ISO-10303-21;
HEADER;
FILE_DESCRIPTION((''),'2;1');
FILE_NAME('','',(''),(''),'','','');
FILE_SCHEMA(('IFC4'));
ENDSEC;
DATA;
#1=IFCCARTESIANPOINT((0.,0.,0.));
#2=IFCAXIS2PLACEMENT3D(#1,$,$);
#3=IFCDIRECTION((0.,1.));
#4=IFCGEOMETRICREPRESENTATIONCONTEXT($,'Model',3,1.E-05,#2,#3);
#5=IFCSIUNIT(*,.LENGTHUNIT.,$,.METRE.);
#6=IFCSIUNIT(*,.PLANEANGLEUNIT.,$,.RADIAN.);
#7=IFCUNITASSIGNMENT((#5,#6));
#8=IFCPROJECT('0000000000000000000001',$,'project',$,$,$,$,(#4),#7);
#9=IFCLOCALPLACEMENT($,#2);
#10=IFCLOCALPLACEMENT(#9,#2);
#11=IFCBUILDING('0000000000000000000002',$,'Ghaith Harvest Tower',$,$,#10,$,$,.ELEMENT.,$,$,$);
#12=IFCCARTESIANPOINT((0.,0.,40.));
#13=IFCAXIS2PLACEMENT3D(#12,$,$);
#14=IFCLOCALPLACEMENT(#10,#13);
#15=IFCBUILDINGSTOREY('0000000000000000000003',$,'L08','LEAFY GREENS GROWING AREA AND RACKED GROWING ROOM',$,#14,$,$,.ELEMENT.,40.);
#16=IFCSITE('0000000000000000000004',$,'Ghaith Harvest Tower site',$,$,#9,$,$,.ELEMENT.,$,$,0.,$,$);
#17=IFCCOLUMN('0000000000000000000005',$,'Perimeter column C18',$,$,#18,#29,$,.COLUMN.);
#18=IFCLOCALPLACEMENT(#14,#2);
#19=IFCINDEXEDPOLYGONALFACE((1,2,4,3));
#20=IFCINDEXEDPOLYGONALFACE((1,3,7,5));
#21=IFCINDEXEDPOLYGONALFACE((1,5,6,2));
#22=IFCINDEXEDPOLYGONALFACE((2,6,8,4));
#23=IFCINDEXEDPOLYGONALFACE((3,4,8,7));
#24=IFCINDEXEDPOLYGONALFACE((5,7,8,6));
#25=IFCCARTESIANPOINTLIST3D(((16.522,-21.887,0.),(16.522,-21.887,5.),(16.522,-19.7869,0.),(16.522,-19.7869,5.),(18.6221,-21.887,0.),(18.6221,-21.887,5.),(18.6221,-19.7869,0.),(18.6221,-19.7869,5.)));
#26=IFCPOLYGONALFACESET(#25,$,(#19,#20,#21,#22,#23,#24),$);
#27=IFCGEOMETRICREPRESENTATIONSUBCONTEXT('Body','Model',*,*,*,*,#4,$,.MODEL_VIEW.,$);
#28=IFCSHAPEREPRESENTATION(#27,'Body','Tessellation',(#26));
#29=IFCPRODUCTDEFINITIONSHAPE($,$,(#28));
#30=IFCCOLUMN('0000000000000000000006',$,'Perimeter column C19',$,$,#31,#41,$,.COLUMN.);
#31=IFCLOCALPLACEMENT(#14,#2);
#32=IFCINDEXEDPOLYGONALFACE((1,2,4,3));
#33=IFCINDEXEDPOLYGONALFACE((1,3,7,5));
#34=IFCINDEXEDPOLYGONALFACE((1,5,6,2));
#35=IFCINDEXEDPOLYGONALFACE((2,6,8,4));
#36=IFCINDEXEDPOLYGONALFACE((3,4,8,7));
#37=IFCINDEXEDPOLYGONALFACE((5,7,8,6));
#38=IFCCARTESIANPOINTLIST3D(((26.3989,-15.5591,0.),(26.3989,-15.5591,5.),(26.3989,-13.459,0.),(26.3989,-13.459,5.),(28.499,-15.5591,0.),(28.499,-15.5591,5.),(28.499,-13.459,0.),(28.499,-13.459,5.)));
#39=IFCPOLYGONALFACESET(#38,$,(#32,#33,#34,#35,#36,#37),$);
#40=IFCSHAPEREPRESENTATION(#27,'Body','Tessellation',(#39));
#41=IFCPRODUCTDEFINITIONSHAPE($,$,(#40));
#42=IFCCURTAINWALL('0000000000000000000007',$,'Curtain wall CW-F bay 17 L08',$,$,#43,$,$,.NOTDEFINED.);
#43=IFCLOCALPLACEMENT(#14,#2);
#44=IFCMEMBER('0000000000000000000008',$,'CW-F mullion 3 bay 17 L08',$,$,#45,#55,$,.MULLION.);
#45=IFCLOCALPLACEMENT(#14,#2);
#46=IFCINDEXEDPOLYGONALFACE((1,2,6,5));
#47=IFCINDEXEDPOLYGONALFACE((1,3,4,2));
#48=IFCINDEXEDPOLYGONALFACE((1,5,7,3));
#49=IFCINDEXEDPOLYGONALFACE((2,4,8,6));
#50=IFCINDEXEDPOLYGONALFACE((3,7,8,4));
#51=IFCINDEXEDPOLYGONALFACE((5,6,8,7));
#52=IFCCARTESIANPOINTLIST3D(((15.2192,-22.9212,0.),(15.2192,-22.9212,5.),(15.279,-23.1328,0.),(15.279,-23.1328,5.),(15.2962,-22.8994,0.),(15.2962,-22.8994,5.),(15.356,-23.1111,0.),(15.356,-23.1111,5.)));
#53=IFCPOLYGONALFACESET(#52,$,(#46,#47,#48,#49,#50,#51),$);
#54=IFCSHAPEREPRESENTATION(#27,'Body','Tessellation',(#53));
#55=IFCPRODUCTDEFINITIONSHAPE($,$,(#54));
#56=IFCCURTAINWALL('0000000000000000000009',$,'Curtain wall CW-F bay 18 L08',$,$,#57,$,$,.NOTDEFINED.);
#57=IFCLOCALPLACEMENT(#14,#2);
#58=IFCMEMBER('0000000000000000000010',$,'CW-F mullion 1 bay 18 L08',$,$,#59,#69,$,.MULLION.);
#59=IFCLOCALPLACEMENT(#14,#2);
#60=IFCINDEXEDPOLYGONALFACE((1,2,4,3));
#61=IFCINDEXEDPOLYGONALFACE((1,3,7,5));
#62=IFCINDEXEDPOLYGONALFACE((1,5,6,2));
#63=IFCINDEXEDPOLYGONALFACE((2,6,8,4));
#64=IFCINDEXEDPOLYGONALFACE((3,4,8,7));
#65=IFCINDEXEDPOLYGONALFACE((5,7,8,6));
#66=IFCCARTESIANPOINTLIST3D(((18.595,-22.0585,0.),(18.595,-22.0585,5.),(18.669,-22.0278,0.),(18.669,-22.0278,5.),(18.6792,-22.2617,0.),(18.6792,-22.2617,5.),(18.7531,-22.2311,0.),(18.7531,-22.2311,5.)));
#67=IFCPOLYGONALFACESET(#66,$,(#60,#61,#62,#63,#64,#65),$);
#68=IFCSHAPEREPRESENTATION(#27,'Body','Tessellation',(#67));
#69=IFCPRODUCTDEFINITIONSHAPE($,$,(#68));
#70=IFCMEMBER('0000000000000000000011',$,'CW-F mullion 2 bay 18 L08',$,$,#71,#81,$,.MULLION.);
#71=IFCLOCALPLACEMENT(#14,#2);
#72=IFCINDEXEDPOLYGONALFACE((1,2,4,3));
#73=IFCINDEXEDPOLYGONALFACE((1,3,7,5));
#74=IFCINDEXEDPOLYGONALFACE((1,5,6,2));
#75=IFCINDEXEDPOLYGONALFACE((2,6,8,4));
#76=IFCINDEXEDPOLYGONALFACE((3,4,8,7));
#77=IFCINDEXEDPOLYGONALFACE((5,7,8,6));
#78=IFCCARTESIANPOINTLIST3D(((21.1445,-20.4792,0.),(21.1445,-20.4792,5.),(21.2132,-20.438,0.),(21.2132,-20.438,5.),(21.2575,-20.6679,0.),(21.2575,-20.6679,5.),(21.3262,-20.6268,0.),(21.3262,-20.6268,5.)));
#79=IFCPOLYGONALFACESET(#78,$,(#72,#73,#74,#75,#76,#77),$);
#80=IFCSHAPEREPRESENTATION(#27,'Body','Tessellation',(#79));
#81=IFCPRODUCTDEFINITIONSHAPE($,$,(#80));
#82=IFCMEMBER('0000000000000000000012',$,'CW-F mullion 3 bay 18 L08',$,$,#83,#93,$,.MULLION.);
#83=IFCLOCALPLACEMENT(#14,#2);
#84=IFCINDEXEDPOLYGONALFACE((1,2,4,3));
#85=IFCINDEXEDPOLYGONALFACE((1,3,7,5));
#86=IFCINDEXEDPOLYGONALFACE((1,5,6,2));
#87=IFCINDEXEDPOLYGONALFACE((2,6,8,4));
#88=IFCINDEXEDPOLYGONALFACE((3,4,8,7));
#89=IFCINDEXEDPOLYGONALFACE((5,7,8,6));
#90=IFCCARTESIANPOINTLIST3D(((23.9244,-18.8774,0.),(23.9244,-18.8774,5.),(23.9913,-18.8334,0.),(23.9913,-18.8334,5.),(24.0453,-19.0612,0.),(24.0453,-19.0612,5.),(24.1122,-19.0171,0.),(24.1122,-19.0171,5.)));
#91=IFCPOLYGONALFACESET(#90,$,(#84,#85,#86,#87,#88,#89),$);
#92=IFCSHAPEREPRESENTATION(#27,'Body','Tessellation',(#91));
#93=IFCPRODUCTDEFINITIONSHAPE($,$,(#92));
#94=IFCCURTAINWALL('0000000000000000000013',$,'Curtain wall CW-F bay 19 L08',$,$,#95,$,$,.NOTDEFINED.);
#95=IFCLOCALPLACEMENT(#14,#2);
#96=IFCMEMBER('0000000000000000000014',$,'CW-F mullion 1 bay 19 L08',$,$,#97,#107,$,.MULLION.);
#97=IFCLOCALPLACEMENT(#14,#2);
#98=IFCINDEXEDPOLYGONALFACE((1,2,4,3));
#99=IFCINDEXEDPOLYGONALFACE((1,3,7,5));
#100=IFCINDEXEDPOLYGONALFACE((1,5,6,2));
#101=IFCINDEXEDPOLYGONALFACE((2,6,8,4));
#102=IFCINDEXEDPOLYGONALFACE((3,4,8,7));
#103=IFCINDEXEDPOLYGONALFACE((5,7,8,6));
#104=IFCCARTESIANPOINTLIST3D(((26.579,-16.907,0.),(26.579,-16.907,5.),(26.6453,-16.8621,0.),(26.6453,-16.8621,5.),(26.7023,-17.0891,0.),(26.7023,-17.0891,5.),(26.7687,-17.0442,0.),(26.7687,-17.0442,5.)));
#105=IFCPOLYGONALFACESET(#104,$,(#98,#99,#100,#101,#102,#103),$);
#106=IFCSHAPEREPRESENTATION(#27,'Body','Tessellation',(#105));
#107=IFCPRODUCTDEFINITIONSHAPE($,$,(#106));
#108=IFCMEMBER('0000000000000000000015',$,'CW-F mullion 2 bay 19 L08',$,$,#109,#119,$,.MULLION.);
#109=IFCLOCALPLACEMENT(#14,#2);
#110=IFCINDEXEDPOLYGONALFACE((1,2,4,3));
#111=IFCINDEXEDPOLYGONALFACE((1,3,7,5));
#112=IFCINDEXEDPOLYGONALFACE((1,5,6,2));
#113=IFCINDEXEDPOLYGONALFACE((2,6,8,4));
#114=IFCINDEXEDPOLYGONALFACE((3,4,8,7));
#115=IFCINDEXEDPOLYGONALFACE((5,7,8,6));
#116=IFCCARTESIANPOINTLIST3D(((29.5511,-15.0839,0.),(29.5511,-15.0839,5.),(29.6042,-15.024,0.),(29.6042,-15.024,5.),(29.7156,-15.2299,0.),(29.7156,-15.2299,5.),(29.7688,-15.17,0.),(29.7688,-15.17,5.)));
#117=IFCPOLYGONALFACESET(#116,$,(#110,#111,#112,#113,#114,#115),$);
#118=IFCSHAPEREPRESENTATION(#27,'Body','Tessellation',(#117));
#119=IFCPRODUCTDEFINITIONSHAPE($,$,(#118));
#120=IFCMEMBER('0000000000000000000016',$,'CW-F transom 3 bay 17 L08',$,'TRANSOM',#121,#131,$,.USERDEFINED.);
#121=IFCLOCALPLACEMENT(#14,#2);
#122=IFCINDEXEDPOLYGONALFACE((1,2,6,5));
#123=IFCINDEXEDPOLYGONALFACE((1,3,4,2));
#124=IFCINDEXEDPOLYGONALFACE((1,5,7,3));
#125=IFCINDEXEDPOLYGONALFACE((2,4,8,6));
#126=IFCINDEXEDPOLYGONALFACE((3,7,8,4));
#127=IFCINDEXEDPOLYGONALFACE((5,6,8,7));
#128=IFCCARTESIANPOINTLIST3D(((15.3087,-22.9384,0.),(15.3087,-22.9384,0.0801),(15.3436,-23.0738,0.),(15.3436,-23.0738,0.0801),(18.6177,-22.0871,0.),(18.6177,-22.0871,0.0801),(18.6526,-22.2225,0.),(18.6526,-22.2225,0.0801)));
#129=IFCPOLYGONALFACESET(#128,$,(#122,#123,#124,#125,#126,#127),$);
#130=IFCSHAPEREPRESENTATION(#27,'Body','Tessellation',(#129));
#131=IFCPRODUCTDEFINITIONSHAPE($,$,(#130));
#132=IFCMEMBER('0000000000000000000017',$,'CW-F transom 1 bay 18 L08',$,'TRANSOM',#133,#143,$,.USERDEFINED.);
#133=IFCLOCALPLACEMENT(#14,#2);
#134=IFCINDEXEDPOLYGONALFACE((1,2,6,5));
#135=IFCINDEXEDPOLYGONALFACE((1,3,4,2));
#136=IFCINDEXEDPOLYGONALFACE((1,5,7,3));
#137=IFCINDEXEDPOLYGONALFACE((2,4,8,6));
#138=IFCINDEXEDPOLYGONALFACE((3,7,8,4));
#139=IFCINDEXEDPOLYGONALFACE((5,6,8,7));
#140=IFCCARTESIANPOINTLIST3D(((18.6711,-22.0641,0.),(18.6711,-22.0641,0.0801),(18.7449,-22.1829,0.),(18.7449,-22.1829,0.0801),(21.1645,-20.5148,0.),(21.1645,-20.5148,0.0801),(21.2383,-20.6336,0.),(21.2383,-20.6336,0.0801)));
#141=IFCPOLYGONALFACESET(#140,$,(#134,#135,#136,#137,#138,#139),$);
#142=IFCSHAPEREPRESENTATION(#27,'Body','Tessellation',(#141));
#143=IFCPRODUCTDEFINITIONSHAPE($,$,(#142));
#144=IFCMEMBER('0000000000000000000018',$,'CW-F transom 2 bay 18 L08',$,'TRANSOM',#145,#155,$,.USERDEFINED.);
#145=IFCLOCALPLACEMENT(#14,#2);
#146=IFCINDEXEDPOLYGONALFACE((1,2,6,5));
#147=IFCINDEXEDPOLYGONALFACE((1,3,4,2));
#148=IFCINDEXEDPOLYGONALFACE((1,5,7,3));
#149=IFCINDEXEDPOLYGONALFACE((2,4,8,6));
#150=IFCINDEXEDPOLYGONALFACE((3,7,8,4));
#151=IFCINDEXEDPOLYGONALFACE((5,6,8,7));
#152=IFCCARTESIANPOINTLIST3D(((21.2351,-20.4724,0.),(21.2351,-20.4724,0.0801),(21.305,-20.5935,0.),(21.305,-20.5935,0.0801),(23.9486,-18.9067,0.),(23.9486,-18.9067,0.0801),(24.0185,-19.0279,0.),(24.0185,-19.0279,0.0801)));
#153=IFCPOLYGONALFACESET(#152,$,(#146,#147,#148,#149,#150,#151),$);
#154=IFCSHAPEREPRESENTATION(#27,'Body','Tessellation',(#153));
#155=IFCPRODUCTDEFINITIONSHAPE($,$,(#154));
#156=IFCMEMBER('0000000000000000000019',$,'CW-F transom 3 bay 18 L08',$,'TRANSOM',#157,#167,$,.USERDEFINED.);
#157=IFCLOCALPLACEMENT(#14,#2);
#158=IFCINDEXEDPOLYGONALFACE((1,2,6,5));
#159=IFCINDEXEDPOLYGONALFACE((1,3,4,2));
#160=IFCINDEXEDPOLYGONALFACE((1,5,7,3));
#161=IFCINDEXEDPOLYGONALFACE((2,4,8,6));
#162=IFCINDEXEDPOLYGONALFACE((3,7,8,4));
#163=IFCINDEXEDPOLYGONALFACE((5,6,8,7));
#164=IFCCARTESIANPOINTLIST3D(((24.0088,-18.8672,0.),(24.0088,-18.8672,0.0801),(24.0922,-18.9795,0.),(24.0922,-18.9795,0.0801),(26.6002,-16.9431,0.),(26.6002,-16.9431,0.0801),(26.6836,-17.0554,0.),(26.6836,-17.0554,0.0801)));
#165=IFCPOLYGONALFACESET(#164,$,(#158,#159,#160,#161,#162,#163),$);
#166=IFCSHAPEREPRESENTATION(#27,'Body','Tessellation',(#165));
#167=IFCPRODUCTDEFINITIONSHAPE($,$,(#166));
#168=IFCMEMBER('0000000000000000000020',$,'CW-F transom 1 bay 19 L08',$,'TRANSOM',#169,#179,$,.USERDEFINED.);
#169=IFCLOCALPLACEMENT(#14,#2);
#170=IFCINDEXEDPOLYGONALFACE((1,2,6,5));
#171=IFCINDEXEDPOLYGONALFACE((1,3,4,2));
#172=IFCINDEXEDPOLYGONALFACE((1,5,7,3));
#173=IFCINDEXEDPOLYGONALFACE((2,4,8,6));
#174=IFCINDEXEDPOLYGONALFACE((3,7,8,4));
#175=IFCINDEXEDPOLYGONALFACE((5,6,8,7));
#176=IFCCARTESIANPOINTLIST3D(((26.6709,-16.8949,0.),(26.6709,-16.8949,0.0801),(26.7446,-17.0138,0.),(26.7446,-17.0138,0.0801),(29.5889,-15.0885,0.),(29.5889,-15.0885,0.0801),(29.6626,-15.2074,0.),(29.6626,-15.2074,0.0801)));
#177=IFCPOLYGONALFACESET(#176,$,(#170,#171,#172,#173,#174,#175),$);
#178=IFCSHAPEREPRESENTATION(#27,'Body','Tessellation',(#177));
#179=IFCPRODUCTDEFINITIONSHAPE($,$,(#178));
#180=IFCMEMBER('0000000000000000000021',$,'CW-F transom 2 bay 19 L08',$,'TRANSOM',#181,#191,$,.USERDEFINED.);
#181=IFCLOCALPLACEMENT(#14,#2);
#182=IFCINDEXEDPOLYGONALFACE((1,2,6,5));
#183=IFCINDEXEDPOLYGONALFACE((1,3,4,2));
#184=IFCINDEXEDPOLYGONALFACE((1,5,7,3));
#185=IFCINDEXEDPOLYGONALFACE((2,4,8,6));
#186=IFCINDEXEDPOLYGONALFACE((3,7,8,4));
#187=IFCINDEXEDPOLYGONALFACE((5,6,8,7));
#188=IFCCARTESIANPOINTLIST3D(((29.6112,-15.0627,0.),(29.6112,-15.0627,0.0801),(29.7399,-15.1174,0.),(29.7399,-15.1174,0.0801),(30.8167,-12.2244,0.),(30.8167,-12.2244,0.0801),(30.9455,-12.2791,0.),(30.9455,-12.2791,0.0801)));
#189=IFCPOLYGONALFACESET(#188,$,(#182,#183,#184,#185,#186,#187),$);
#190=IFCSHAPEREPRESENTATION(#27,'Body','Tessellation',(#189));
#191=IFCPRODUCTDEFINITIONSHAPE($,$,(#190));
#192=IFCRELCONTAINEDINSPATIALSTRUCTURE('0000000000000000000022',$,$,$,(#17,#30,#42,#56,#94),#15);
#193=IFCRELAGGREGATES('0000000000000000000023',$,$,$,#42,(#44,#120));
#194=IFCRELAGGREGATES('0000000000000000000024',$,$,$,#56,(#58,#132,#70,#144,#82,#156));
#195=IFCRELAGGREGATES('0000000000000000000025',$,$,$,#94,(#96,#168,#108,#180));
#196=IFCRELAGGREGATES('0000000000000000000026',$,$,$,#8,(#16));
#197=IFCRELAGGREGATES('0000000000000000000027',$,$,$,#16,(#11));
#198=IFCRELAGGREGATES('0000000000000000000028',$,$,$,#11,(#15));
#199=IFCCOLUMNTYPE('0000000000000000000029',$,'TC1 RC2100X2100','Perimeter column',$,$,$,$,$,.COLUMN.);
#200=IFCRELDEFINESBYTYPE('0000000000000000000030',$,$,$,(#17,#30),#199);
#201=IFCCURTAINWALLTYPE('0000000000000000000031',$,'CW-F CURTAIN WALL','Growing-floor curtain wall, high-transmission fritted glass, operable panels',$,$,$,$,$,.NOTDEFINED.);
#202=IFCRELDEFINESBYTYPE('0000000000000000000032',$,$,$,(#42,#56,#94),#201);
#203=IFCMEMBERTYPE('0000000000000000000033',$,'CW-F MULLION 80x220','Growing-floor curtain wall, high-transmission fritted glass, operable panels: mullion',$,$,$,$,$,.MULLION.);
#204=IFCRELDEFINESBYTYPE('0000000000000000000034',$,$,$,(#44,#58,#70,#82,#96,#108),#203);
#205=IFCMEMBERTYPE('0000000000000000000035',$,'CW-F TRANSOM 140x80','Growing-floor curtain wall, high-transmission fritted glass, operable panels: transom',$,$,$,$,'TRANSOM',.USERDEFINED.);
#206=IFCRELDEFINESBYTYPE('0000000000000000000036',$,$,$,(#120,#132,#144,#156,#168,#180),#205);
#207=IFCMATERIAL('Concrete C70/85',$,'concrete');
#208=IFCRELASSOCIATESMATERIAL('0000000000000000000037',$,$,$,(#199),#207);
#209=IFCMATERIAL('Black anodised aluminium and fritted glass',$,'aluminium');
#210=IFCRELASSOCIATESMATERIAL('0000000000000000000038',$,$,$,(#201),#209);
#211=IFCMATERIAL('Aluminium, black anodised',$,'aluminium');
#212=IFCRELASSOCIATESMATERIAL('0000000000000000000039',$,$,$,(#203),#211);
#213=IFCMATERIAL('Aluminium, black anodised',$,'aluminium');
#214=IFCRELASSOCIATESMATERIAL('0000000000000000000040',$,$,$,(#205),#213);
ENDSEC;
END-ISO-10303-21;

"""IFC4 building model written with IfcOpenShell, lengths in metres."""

from ifc_helpers import new_model, si_unit, direction, frame, origin, origin_2d, place, context, subcontext, project, spatial, rectangle, extrude, material, material_profile, profile_set, type_object, element, aggregate, save


model = new_model("IFC4")

# Units and contexts
model_context = context("Model", 3, precision=1e-05, world=origin(), true_north=direction((0.0, 1.0)))
body_context = subcontext(model_context, "Body", "Model", "MODEL_VIEW")
ifc_project = project(units=[si_unit("LENGTHUNIT", "METRE"), si_unit("PLANEANGLEUNIT", "RADIAN")], contexts=[model_context])

# Site, building, storey
site_placement = place(None, origin())
site = spatial("IfcSite", under=ifc_project, at=site_placement, Name="Ghaith Harvest Tower site", CompositionType="ELEMENT", RefElevation=0.0)
building_placement = place(site_placement, origin())
building = spatial("IfcBuilding", under=site, at=building_placement, Name="Ghaith Harvest Tower", CompositionType="ELEMENT")
storey_placement = place(building_placement, frame((0.0, 0.0, 40.0)))
storey = spatial("IfcBuildingStorey", under=building, at=storey_placement, Name="L08", Description="LEAFY GREENS GROWING AREA AND RACKED GROWING ROOM", CompositionType="ELEMENT", Elevation=40.0)

# Columns
ifc_material_1 = material(Name="Concrete C70/85", Category="concrete")
ifc_material_profile_1 = material_profile(ifc_material_1, rectangle(XDim=2.1001, YDim=2.1001, at=origin_2d()), Name="RC2100X2100")
ifc_profile_set_1 = profile_set([ifc_material_profile_1], Name="Concrete C70/85")
column_type = type_object("IfcColumnType", Name="TC1 RC2100X2100", Description="Perimeter column", PredefinedType="COLUMN", material=ifc_profile_set_1)
for number, where, z_axis, x_axis, name in (
    (1, (17.572, -20.8369, 0.0), (0.0, 0.0, 1.0), (1.0, 0.0, 0.0), "Perimeter column C18"),
    (2, (27.449, -14.509, 0.0), (0.0, 0.0, 1.0), (1.0, 0.0, 0.0), "Perimeter column C19"),
):
    element("IfcColumn", number, at=place(storey_placement, frame(where, z_axis=z_axis, x_axis=x_axis)), inside=storey, type_object=column_type, Name=name, PredefinedType="COLUMN", context=body_context, shape_type="SweptSolid", body=[
        extrude(rectangle(XDim=2.1001, YDim=2.1001, at=origin_2d()), origin(), (0.0, 0.0, 1.0), 5.0),
    ])

# Curtain wall, member
ifc_material_2 = material(Name="Black anodised aluminium and fritted glass", Category="aluminium")
curtain_wall_type = type_object("IfcCurtainWallType", Name="CW-F CURTAIN WALL", Description="Growing-floor curtain wall, high-transmission fritted glass, operable panels", PredefinedType="NOTDEFINED", material=ifc_material_2)
curtain_wall_1_placement = place(storey_placement, origin())
curtain_wall_1 = element("IfcCurtainWall", 3, at=curtain_wall_1_placement, inside=storey, type_object=curtain_wall_type, Name="Curtain wall CW-F bay 17 L08", PredefinedType="NOTDEFINED")
ifc_material_3 = material(Name="Aluminium, black anodised", Category="aluminium")
ifc_material_profile_2 = material_profile(ifc_material_3, rectangle(XDim=0.0801, YDim=0.22, at=origin_2d()), Name="CW-F MULLION 80x220")
ifc_profile_set_2 = profile_set([ifc_material_profile_2], Name="Aluminium, black anodised")
member_type_1 = type_object("IfcMemberType", Name="CW-F MULLION 80x220", Description="Growing-floor curtain wall, high-transmission fritted glass, operable panels: mullion", PredefinedType="MULLION", material=ifc_profile_set_2)
member_1_placement = place(storey_placement, frame((15.2876, -23.0161, 0.0), z_axis=(0.0, 0.0, 1.0), x_axis=(0.962313, 0.271944, 0.0)))
member_1 = element("IfcMember", 4, at=member_1_placement, type_object=member_type_1, Name="CW-F mullion 3 bay 17 L08", PredefinedType="MULLION", context=body_context, shape_type="SweptSolid", body=[
    extrude(rectangle(XDim=0.0801, YDim=0.22, at=origin_2d()), origin(), (0.0, 0.0, 1.0), 5.0),
])

# Curtain walls, members
curtain_wall_2_placement = place(storey_placement, origin())
curtain_wall_2 = element("IfcCurtainWall", 5, at=curtain_wall_2_placement, inside=storey, type_object=curtain_wall_type, Name="Curtain wall CW-F bay 18 L08", PredefinedType="NOTDEFINED")
member_2_placement = place(storey_placement, frame((18.6741, -22.1448, 0.0), z_axis=(0.0, 0.0, 1.0), x_axis=(0.92391, 0.382609, 0.0)))
member_2 = element("IfcMember", 6, at=member_2_placement, type_object=member_type_1, Name="CW-F mullion 1 bay 18 L08", PredefinedType="MULLION", context=body_context, shape_type="SweptSolid", body=[
    extrude(rectangle(XDim=0.0801, YDim=0.22, at=origin_2d()), origin(), (0.0, 0.0, 1.0), 5.0),
])
member_3_placement = place(storey_placement, frame((21.2354, -20.553, 0.0), z_axis=(0.0, 0.0, 1.0), x_axis=(0.85814, 0.513415, 0.0)))
member_3 = element("IfcMember", 7, at=member_3_placement, type_object=member_type_1, Name="CW-F mullion 2 bay 18 L08", PredefinedType="MULLION", context=body_context, shape_type="SweptSolid", body=[
    extrude(rectangle(XDim=0.0801, YDim=0.22, at=origin_2d()), origin(), (0.0, 0.0, 1.0), 5.0),
])
member_4_placement = place(storey_placement, frame((24.0183, -18.9473, 0.0), z_axis=(0.0, 0.0, 1.0), x_axis=(0.835444, 0.549576, 0.0)))
member_4 = element("IfcMember", 8, at=member_4_placement, type_object=member_type_1, Name="CW-F mullion 3 bay 18 L08", PredefinedType="MULLION", context=body_context, shape_type="SweptSolid", body=[
    extrude(rectangle(XDim=0.0801, YDim=0.22, at=origin_2d()), origin(), (0.0, 0.0, 1.0), 5.0),
])
curtain_wall_3_placement = place(storey_placement, origin())
curtain_wall_3 = element("IfcCurtainWall", 9, at=curtain_wall_3_placement, inside=storey, type_object=curtain_wall_type, Name="Curtain wall CW-F bay 19 L08", PredefinedType="NOTDEFINED")
member_5_placement = place(storey_placement, frame((26.6738, -16.9756, 0.0), z_axis=(0.0, 0.0, 1.0), x_axis=(0.828002, 0.560725, 0.0)))
member_5 = element("IfcMember", 10, at=member_5_placement, type_object=member_type_1, Name="CW-F mullion 1 bay 19 L08", PredefinedType="MULLION", context=body_context, shape_type="SweptSolid", body=[
    extrude(rectangle(XDim=0.0801, YDim=0.22, at=origin_2d()), origin(), (0.0, 0.0, 1.0), 5.0),
])
member_6_placement = place(storey_placement, frame((29.6599, -15.127, 0.0), z_axis=(0.0, 0.0, 1.0), x_axis=(0.663605, 0.748083, 0.0)))
member_6 = element("IfcMember", 11, at=member_6_placement, type_object=member_type_1, Name="CW-F mullion 2 bay 19 L08", PredefinedType="MULLION", context=body_context, shape_type="SweptSolid", body=[
    extrude(rectangle(XDim=0.0801, YDim=0.22, at=origin_2d()), origin(), (0.0, 0.0, 1.0), 5.0),
])

# Members
ifc_material_4 = material(Name="Aluminium, black anodised", Category="aluminium")
ifc_material_profile_3 = material_profile(ifc_material_4, rectangle(XDim=0.1399, YDim=0.0801, at=origin_2d()), Name="CW-F TRANSOM 140x80")
ifc_profile_set_3 = profile_set([ifc_material_profile_3], Name="Aluminium, black anodised")
member_type_2 = type_object("IfcMemberType", Name="CW-F TRANSOM 140x80", Description="Growing-floor curtain wall, high-transmission fritted glass, operable panels: transom", ElementType="TRANSOM", PredefinedType="USERDEFINED", material=ifc_profile_set_3)
member_7_placement = place(storey_placement, frame((15.3262, -23.0061, 0.04), z_axis=(0.968464, 0.249154, 0.0), x_axis=(-0.249154, 0.968464, 0.0)))
member_7 = element("IfcMember", 12, at=member_7_placement, type_object=member_type_2, Name="CW-F transom 3 bay 17 L08", ObjectType="TRANSOM", PredefinedType="USERDEFINED", context=body_context, shape_type="SweptSolid", body=[
    extrude(rectangle(XDim=0.1399, YDim=0.0801, at=origin_2d()), origin(), (0.0, 0.0, 1.0), 3.4167),
])
member_8_placement = place(storey_placement, frame((18.708, -22.1235, 0.04), z_axis=(0.849383, 0.527777, 0.0), x_axis=(-0.527777, 0.849383, 0.0)))
member_8 = element("IfcMember", 13, at=member_8_placement, type_object=member_type_2, Name="CW-F transom 1 bay 18 L08", ObjectType="TRANSOM", PredefinedType="USERDEFINED", context=body_context, shape_type="SweptSolid", body=[
    extrude(rectangle(XDim=0.1399, YDim=0.0801, at=origin_2d()), origin(), (0.0, 0.0, 1.0), 2.9355),
])
member_9_placement = place(storey_placement, frame((21.27, -20.533, 0.04), z_axis=(0.866169, 0.499752, 0.0), x_axis=(-0.499752, 0.866169, 0.0)))
member_9 = element("IfcMember", 14, at=member_9_placement, type_object=member_type_2, Name="CW-F transom 2 bay 18 L08", ObjectType="TRANSOM", PredefinedType="USERDEFINED", context=body_context, shape_type="SweptSolid", body=[
    extrude(rectangle(XDim=0.1399, YDim=0.0801, at=origin_2d()), origin(), (0.0, 0.0, 1.0), 3.1328),
])
member_10_placement = place(storey_placement, frame((24.0505, -18.9233, 0.04), z_axis=(0.802877, 0.596144, 0.0), x_axis=(-0.596144, 0.802877, 0.0)))
member_10 = element("IfcMember", 15, at=member_10_placement, type_object=member_type_2, Name="CW-F transom 3 bay 18 L08", ObjectType="TRANSOM", PredefinedType="USERDEFINED", context=body_context, shape_type="SweptSolid", body=[
    extrude(rectangle(XDim=0.1399, YDim=0.0801, at=origin_2d()), origin(), (0.0, 0.0, 1.0), 3.2275),
])
member_11_placement = place(storey_placement, frame((26.7078, -16.9543, 0.04), z_axis=(0.850261, 0.526362, 0.0), x_axis=(-0.526362, 0.850261, 0.0)))
member_11 = element("IfcMember", 16, at=member_11_placement, type_object=member_type_2, Name="CW-F transom 1 bay 19 L08", ObjectType="TRANSOM", PredefinedType="USERDEFINED", context=body_context, shape_type="SweptSolid", body=[
    extrude(rectangle(XDim=0.1399, YDim=0.0801, at=origin_2d()), origin(), (0.0, 0.0, 1.0), 3.4319),
])
member_12_placement = place(storey_placement, frame((29.6755, -15.0901, 0.04), z_axis=(0.390936, 0.920418, 0.0), x_axis=(-0.920418, 0.390936, 0.0)))
member_12 = element("IfcMember", 17, at=member_12_placement, type_object=member_type_2, Name="CW-F transom 2 bay 19 L08", ObjectType="TRANSOM", PredefinedType="USERDEFINED", context=body_context, shape_type="SweptSolid", body=[
    extrude(rectangle(XDim=0.1399, YDim=0.0801, at=origin_2d()), origin(), (0.0, 0.0, 1.0), 3.0837),
])

aggregate(curtain_wall_1, [member_1, member_7])
aggregate(curtain_wall_2, [member_2, member_8, member_3, member_9, member_4, member_10])
aggregate(curtain_wall_3, [member_5, member_11, member_6, member_12])

save(model, "model.ifc")
